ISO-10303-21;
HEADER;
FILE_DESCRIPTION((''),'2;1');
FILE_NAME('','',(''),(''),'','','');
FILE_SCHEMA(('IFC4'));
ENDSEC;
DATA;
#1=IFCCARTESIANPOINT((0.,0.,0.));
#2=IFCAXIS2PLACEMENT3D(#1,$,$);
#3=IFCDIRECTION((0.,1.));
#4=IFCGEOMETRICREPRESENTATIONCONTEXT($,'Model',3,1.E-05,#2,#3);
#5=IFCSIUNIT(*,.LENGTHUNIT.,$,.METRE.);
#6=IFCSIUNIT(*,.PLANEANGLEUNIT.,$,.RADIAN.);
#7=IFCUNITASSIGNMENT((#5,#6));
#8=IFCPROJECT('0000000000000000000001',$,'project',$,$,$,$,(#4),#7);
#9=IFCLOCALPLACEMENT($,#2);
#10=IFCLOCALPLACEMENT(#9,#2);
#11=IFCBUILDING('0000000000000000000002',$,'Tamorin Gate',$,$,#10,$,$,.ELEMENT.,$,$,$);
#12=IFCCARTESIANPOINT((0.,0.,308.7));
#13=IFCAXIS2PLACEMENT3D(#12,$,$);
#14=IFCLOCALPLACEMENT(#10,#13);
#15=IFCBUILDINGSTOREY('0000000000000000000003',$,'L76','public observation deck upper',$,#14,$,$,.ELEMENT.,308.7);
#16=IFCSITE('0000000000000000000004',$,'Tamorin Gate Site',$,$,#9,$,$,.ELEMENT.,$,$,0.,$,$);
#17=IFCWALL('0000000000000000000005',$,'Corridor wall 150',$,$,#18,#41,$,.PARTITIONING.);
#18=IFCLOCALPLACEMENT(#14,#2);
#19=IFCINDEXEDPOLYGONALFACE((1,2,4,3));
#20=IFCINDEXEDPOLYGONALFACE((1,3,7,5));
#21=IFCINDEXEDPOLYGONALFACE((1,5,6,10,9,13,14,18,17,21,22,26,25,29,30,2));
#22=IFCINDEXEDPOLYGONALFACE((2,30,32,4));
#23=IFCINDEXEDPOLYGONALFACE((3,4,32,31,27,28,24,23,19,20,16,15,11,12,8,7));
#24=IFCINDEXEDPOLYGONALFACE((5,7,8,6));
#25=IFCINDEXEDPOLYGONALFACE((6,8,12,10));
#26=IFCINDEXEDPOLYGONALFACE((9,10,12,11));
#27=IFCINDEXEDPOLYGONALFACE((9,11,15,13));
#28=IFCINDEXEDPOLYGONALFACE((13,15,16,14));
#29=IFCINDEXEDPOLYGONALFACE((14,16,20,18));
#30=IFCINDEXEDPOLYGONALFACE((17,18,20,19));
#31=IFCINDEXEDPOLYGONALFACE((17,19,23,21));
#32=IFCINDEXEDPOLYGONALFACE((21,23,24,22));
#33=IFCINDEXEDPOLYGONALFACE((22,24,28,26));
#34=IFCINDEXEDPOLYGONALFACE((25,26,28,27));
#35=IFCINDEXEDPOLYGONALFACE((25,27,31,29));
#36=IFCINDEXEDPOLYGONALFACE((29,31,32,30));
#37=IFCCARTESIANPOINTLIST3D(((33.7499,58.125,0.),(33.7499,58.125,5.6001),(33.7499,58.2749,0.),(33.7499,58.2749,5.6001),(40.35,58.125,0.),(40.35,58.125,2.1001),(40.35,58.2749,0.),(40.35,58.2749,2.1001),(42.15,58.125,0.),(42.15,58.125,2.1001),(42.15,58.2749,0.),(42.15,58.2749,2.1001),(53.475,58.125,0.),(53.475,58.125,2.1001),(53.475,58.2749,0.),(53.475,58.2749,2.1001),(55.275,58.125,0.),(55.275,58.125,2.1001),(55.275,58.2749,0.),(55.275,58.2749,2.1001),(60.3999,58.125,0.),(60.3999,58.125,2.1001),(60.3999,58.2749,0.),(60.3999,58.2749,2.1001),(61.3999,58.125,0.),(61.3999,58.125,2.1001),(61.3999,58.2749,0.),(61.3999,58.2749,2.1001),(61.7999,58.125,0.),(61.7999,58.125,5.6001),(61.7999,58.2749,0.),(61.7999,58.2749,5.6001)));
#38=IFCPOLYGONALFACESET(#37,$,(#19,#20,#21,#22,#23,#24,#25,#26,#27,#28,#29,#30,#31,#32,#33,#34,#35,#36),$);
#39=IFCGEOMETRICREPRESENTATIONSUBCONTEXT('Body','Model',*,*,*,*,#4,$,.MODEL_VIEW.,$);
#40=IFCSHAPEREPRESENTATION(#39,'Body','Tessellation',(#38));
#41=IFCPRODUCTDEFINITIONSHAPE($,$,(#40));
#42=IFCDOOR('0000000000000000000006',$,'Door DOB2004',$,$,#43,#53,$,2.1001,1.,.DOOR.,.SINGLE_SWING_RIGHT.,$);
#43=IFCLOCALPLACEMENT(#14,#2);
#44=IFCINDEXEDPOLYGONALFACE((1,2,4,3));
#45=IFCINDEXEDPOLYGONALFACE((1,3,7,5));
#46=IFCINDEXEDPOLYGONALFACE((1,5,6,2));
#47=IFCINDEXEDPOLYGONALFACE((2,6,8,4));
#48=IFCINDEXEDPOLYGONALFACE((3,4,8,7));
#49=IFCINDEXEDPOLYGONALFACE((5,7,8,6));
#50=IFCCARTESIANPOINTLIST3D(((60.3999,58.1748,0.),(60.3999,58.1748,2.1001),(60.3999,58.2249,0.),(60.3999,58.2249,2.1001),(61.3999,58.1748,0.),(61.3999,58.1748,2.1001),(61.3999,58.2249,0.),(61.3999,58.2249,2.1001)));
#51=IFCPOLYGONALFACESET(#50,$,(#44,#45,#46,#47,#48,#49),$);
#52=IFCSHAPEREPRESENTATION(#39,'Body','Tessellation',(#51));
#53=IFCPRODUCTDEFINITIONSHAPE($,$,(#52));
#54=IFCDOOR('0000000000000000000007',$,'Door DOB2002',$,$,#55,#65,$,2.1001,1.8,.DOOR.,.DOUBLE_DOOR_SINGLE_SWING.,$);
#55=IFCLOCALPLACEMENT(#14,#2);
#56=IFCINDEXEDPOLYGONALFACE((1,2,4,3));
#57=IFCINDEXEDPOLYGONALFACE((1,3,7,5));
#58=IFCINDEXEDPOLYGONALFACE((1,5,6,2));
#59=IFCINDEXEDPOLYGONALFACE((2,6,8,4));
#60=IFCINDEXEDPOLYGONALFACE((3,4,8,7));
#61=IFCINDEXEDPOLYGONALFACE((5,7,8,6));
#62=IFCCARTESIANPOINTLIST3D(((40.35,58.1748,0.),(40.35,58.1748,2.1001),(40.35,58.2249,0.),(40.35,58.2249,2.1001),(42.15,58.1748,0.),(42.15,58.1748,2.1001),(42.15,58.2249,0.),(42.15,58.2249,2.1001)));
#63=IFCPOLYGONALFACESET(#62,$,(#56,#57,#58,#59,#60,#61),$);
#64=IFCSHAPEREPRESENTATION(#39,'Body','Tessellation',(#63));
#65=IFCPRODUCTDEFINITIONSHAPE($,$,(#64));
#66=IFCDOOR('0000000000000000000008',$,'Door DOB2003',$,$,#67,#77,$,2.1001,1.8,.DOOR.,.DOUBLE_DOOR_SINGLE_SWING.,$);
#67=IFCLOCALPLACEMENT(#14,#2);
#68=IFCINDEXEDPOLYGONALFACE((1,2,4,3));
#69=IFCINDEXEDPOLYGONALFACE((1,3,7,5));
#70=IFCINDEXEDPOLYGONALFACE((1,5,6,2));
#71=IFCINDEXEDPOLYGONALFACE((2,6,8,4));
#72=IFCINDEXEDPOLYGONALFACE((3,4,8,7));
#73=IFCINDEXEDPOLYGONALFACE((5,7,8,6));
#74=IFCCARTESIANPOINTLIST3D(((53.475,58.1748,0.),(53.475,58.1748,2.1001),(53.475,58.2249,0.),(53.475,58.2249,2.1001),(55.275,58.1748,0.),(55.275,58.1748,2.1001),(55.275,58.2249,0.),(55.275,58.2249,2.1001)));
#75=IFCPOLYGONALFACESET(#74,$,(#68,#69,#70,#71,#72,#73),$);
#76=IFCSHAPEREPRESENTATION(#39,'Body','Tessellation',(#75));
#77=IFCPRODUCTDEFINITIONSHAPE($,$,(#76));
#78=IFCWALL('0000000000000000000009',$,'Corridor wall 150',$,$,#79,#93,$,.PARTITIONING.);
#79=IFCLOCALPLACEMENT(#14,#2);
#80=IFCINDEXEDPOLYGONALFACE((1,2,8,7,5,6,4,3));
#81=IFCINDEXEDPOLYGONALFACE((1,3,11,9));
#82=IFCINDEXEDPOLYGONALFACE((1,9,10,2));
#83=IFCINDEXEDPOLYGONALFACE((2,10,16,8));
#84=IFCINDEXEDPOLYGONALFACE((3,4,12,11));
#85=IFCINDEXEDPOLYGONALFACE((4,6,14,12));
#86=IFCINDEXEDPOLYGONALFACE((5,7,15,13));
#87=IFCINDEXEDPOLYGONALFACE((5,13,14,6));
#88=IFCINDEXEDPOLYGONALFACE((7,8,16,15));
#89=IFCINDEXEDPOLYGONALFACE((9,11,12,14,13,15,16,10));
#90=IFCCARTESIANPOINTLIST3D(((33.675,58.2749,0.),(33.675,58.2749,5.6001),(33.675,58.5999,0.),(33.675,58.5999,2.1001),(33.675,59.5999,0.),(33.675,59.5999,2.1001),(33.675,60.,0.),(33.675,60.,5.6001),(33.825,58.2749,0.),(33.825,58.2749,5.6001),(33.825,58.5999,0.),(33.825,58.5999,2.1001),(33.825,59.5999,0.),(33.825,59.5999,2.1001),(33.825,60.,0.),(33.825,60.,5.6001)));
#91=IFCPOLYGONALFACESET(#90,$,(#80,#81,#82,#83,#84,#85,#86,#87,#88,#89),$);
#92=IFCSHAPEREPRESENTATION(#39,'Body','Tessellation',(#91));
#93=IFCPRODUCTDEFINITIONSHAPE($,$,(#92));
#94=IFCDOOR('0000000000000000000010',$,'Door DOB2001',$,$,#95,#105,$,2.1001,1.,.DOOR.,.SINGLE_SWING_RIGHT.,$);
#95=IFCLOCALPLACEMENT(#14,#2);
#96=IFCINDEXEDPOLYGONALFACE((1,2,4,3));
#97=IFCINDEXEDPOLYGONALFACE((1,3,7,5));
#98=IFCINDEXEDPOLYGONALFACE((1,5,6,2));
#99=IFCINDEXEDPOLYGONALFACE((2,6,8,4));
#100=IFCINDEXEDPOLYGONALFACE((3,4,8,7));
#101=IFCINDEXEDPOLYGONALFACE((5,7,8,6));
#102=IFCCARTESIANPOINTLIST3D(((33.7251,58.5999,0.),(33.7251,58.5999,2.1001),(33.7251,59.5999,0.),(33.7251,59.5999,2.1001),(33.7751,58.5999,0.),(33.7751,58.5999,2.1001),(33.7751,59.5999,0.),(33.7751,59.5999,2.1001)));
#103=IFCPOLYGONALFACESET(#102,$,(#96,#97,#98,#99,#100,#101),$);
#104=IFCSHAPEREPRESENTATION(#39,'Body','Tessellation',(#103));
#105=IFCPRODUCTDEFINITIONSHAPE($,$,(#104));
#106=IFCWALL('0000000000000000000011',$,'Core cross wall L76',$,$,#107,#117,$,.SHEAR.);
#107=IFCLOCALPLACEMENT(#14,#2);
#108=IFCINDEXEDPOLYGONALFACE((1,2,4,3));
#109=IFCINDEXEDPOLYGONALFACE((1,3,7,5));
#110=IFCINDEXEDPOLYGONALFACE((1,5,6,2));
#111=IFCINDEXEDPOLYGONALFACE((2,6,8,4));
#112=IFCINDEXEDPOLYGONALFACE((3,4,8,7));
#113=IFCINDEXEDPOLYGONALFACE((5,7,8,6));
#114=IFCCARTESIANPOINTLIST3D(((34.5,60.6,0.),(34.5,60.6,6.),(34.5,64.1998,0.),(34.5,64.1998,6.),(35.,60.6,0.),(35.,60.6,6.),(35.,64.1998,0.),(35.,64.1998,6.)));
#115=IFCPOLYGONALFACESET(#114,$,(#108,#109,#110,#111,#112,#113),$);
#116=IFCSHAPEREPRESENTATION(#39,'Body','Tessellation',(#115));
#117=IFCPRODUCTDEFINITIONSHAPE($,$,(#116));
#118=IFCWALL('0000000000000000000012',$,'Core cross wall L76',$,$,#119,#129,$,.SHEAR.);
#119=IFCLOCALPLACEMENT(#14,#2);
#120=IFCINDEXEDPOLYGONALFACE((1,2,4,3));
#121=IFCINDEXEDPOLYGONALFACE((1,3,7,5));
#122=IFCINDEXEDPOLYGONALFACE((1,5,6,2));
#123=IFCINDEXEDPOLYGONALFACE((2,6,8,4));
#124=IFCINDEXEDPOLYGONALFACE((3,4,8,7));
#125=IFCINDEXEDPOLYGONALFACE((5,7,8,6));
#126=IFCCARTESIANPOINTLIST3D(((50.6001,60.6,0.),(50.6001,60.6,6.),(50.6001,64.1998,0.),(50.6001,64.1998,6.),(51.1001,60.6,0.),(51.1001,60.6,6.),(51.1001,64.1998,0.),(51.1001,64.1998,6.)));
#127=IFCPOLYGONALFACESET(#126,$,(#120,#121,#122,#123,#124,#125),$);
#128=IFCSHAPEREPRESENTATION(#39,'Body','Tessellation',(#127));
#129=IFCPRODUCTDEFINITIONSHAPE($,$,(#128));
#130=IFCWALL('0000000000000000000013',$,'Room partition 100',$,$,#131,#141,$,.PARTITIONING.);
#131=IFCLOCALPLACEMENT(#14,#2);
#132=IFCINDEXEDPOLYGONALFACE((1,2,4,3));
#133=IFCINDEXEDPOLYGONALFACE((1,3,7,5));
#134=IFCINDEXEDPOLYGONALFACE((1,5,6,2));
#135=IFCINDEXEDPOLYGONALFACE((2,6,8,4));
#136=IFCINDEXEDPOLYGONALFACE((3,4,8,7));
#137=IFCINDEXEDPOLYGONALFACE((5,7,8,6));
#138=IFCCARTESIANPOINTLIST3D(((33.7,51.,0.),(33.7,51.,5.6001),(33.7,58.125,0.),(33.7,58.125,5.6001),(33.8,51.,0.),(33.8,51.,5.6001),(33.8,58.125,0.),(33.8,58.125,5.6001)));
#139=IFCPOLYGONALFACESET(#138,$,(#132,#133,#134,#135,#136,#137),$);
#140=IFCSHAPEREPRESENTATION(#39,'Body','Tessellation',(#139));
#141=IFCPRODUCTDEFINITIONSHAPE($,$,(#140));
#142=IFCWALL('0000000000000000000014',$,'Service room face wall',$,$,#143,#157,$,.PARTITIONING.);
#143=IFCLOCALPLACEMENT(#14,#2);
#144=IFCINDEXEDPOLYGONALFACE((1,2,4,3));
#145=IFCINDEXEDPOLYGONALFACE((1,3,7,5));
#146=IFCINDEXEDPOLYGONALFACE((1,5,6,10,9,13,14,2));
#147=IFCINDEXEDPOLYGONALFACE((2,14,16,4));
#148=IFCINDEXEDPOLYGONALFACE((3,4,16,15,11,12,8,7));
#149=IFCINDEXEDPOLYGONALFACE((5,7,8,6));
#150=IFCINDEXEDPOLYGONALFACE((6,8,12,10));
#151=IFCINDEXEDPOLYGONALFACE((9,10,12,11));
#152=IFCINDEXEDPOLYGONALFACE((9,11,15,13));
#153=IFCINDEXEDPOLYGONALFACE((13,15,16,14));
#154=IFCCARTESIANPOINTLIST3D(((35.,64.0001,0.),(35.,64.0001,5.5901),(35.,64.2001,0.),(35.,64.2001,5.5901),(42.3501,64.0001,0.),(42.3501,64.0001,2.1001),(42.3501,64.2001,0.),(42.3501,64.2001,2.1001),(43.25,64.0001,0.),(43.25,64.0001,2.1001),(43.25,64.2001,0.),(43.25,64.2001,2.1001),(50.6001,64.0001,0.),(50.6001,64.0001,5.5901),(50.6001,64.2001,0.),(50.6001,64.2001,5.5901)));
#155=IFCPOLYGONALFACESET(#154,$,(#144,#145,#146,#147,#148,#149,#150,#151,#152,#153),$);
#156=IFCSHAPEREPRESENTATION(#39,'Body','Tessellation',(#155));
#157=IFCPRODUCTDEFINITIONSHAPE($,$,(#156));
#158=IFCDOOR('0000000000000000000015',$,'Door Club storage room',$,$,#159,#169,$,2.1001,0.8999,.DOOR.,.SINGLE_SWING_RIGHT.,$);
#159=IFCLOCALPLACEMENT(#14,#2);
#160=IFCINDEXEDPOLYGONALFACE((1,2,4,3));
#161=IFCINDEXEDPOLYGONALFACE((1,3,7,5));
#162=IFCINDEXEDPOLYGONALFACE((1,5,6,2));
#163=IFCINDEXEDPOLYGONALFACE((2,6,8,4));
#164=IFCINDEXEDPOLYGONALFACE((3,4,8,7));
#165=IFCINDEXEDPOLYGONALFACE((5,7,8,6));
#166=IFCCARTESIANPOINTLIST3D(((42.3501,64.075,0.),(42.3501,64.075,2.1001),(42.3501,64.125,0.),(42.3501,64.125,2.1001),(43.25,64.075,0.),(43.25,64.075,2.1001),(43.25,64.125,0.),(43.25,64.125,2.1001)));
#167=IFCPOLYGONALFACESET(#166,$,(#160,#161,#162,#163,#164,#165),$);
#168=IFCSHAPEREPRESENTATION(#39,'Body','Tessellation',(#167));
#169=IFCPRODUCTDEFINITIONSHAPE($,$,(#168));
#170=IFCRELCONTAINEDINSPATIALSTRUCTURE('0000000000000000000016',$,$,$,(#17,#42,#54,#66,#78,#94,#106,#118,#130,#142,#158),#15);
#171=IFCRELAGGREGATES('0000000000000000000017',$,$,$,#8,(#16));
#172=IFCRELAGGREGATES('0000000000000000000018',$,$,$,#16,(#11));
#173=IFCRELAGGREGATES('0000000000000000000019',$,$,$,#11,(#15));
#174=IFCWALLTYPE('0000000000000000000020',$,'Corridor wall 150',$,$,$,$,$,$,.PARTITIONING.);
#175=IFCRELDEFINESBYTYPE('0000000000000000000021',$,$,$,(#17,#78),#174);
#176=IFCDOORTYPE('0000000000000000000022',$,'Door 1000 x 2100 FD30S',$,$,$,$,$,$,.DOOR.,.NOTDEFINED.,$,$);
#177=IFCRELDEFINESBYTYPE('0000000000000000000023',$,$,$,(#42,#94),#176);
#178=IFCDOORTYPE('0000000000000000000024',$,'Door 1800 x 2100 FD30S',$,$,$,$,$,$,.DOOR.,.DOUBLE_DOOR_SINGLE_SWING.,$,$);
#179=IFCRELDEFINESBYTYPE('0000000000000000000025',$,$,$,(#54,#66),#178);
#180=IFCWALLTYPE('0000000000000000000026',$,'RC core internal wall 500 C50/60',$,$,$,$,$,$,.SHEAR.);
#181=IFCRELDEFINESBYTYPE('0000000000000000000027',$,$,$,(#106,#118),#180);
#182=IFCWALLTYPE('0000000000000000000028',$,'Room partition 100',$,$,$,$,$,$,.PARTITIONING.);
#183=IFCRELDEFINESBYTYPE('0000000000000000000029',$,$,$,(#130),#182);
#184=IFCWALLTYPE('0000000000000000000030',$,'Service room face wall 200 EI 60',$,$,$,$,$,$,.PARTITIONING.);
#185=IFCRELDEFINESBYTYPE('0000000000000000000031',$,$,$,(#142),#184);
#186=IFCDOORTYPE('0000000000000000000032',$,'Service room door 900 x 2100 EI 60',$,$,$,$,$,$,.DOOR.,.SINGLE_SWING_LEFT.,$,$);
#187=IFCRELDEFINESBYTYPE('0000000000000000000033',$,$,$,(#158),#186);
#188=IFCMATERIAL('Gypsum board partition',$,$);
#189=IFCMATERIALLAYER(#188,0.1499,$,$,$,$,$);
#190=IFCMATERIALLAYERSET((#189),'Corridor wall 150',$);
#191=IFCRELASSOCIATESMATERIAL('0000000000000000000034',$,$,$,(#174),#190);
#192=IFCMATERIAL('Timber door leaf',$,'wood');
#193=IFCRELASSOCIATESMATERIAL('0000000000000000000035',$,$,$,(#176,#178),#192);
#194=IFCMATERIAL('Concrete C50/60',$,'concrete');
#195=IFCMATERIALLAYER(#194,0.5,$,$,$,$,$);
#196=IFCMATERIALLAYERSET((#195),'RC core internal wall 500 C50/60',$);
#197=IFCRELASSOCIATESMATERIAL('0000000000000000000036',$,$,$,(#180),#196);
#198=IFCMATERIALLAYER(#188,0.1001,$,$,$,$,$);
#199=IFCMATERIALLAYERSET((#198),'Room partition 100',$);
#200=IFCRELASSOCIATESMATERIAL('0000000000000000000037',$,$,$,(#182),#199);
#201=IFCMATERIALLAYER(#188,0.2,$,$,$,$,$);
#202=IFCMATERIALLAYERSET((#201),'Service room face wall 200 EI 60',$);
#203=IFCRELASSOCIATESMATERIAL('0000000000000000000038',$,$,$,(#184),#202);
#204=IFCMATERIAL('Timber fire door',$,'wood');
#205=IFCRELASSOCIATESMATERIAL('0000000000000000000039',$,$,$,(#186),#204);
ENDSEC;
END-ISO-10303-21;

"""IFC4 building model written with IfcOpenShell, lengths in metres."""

from ifc_helpers import new_model, si_unit, direction, frame, frame_2d, origin, place, context, subcontext, project, spatial, rectangle, extrude, material, layer, layer_set, type_object, element, fill, save


model = new_model("IFC4")

# Units and contexts
model_context = context("Model", 3, precision=1e-05, world=origin(), true_north=direction((0.0, 1.0)))
body_context = subcontext(model_context, "Body", "Model", "MODEL_VIEW")
ifc_project = project(units=[si_unit("LENGTHUNIT", "METRE"), si_unit("PLANEANGLEUNIT", "RADIAN")], contexts=[model_context])

# Site, building, storey
site_placement = place(None, origin())
site = spatial("IfcSite", under=ifc_project, at=site_placement, Name="Tamorin Gate Site", CompositionType="ELEMENT", RefElevation=0.0)
building_placement = place(site_placement, origin())
building = spatial("IfcBuilding", under=site, at=building_placement, Name="Tamorin Gate", CompositionType="ELEMENT")
storey_placement = place(building_placement, frame((0.0, 0.0, 308.7)))
storey = spatial("IfcBuildingStorey", under=building, at=storey_placement, Name="L76", Description="public observation deck upper", CompositionType="ELEMENT", Elevation=308.7)

# Shared definitions
ifc_material_1 = material(Name="Concrete C50/60", Category="concrete")

# Wall, openings, doors
ifc_material_2 = material(Name="Gypsum board partition")
ifc_layer_1 = layer(ifc_material_2, 0.1499)
ifc_layer_set_1 = layer_set([ifc_layer_1], Name="Corridor wall 150")
wall_type_1 = type_object("IfcWallType", Name="Corridor wall 150", PredefinedType="PARTITIONING", material=ifc_layer_set_1)
wall_1_placement = place(storey_placement, frame((33.75, 58.2, 0.0), z_axis=(0.0, 0.0, 1.0), x_axis=(1.0, 0.0, 0.0)))
wall_1 = element("IfcWall", 1, at=wall_1_placement, inside=storey, type_object=wall_type_1, Name="Corridor wall 150", PredefinedType="PARTITIONING", context=body_context, shape_type="SweptSolid", body=[
    extrude(rectangle(XDim=28.05, YDim=0.1499, at=frame_2d((14.0249, 0.0))), origin(), (0.0, 0.0, 1.0), 5.6001),
])
opening_1_placement = place(wall_1_placement, frame((6.6001, 0.0, 0.0)))
opening_1 = element("IfcOpeningElement", 2, at=opening_1_placement, cuts=wall_1, PredefinedType="OPENING", context=body_context, shape_type="SweptSolid", body=[
    extrude(rectangle(XDim=1.8, YDim=2.1001, at=frame_2d((0.8999, 1.05))), frame((0.0, 0.085, 0.0), z_axis=(0.0, -1.0, 0.0), x_axis=(1.0, 0.0, 0.0)), (0.0, 0.0, 1.0), 0.1699),
])
opening_2_placement = place(wall_1_placement, frame((19.7251, 0.0, 0.0)))
opening_2 = element("IfcOpeningElement", 3, at=opening_2_placement, cuts=wall_1, PredefinedType="OPENING", context=body_context, shape_type="SweptSolid", body=[
    extrude(rectangle(XDim=1.8, YDim=2.1001, at=frame_2d((0.8999, 1.05))), frame((0.0, 0.085, 0.0), z_axis=(0.0, -1.0, 0.0), x_axis=(1.0, 0.0, 0.0)), (0.0, 0.0, 1.0), 0.1699),
])
opening_3_placement = place(wall_1_placement, frame((26.6499, 0.0, 0.0)))
opening_3 = element("IfcOpeningElement", 4, at=opening_3_placement, cuts=wall_1, PredefinedType="OPENING", context=body_context, shape_type="SweptSolid", body=[
    extrude(rectangle(XDim=1.0, YDim=2.1001, at=frame_2d((0.5, 1.05))), frame((0.0, 0.085, 0.0), z_axis=(0.0, -1.0, 0.0), x_axis=(1.0, 0.0, 0.0)), (0.0, 0.0, 1.0), 0.1699),
])
ifc_material_3 = material(Name="Timber door leaf", Category="wood")
door_type_1 = type_object("IfcDoorType", Name="Door 1000 x 2100 FD30S", OperationType="NOTDEFINED", PredefinedType="DOOR", material=ifc_material_3)
door_1_placement = place(opening_3_placement, origin())
door_1 = element("IfcDoor", 5, at=door_1_placement, inside=storey, type_object=door_type_1, Name="Door DOB2004", OperationType="SINGLE_SWING_RIGHT", OverallHeight=2.1001, OverallWidth=1.0, PredefinedType="DOOR", context=body_context, shape_type="SweptSolid", body=[
    extrude(rectangle(XDim=1.0, YDim=2.1001, at=frame_2d((0.5, 1.05))), frame((0.0, 0.0249, 0.0), z_axis=(0.0, -1.0, 0.0), x_axis=(1.0, 0.0, 0.0)), (0.0, 0.0, 1.0), 0.05),
])
fill(opening_3, door_1)
door_type_2 = type_object("IfcDoorType", Name="Door 1800 x 2100 FD30S", OperationType="DOUBLE_DOOR_SINGLE_SWING", PredefinedType="DOOR", material=ifc_material_3)
door_2_placement = place(opening_1_placement, origin())
door_2 = element("IfcDoor", 6, at=door_2_placement, inside=storey, type_object=door_type_2, Name="Door DOB2002", OperationType="DOUBLE_DOOR_SINGLE_SWING", OverallHeight=2.1001, OverallWidth=1.8, PredefinedType="DOOR", context=body_context, shape_type="SweptSolid", body=[
    extrude(rectangle(XDim=1.8, YDim=2.1001, at=frame_2d((0.8999, 1.05))), frame((0.0, 0.0249, 0.0), z_axis=(0.0, -1.0, 0.0), x_axis=(1.0, 0.0, 0.0)), (0.0, 0.0, 1.0), 0.05),
])
fill(opening_1, door_2)
door_3_placement = place(opening_2_placement, origin())
door_3 = element("IfcDoor", 7, at=door_3_placement, inside=storey, type_object=door_type_2, Name="Door DOB2003", OperationType="DOUBLE_DOOR_SINGLE_SWING", OverallHeight=2.1001, OverallWidth=1.8, PredefinedType="DOOR", context=body_context, shape_type="SweptSolid", body=[
    extrude(rectangle(XDim=1.8, YDim=2.1001, at=frame_2d((0.8999, 1.05))), frame((0.0, 0.0249, 0.0), z_axis=(0.0, -1.0, 0.0), x_axis=(1.0, 0.0, 0.0)), (0.0, 0.0, 1.0), 0.05),
])
fill(opening_2, door_3)

# Wall, opening, door
wall_2_placement = place(storey_placement, frame((33.75, 58.2749, 0.0), z_axis=(0.0, 0.0, 1.0), x_axis=(0.0, 1.0, 0.0)))
wall_2 = element("IfcWall", 8, at=wall_2_placement, inside=storey, type_object=wall_type_1, Name="Corridor wall 150", PredefinedType="PARTITIONING", context=body_context, shape_type="SweptSolid", body=[
    extrude(rectangle(XDim=1.7251, YDim=0.1499, at=frame_2d((0.8625, 0.0))), origin(), (0.0, 0.0, 1.0), 5.6001),
])
opening_4_placement = place(wall_2_placement, frame((0.325, 0.0, 0.0)))
opening_4 = element("IfcOpeningElement", 9, at=opening_4_placement, cuts=wall_2, PredefinedType="OPENING", context=body_context, shape_type="SweptSolid", body=[
    extrude(rectangle(XDim=1.0, YDim=2.1001, at=frame_2d((0.5, 1.05))), frame((0.0, 0.085, 0.0), z_axis=(0.0, -1.0, 0.0), x_axis=(1.0, 0.0, 0.0)), (0.0, 0.0, 1.0), 0.1699),
])
door_4_placement = place(opening_4_placement, origin())
door_4 = element("IfcDoor", 10, at=door_4_placement, inside=storey, type_object=door_type_1, Name="Door DOB2001", OperationType="SINGLE_SWING_RIGHT", OverallHeight=2.1001, OverallWidth=1.0, PredefinedType="DOOR", context=body_context, shape_type="SweptSolid", body=[
    extrude(rectangle(XDim=1.0, YDim=2.1001, at=frame_2d((0.5, 1.05))), frame((0.0, 0.0249, 0.0), z_axis=(0.0, -1.0, 0.0), x_axis=(1.0, 0.0, 0.0)), (0.0, 0.0, 1.0), 0.05),
])
fill(opening_4, door_4)

# Walls
ifc_layer_2 = layer(ifc_material_1, 0.5)
ifc_layer_set_2 = layer_set([ifc_layer_2], Name="RC core internal wall 500 C50/60")
wall_type_2 = type_object("IfcWallType", Name="RC core internal wall 500 C50/60", PredefinedType="SHEAR", material=ifc_layer_set_2)
for number, where, z_axis, x_axis, name in (
    (11, (34.75, 60.6001, 0.0), (0.0, 0.0, 1.0), (0.0, 1.0, 0.0), "Core cross wall L76"),
    (12, (50.8501, 60.6001, 0.0), (0.0, 0.0, 1.0), (0.0, 1.0, 0.0), "Core cross wall L76"),
):
    element("IfcWall", number, at=place(storey_placement, frame(where, z_axis=z_axis, x_axis=x_axis)), inside=storey, type_object=wall_type_2, Name=name, PredefinedType="SHEAR", context=body_context, shape_type="SweptSolid", body=[
        extrude(rectangle(XDim=3.5999, YDim=0.5, at=frame_2d((1.7998, 0.0))), origin(), (0.0, 0.0, 1.0), 6.0),
    ])
ifc_layer_3 = layer(ifc_material_2, 0.1001)
ifc_layer_set_3 = layer_set([ifc_layer_3], Name="Room partition 100")
wall_type_3 = type_object("IfcWallType", Name="Room partition 100", PredefinedType="PARTITIONING", material=ifc_layer_set_3)
wall_3_placement = place(storey_placement, frame((33.75, 51.0, 0.0), z_axis=(0.0, 0.0, 1.0), x_axis=(0.0, 1.0, 0.0)))
element("IfcWall", 13, at=wall_3_placement, inside=storey, type_object=wall_type_3, Name="Room partition 100", PredefinedType="PARTITIONING", context=body_context, shape_type="SweptSolid", body=[
    extrude(rectangle(XDim=7.125, YDim=0.1001, at=frame_2d((3.5625, 0.0))), origin(), (0.0, 0.0, 1.0), 5.6001),
])

# Wall, opening, door
ifc_layer_4 = layer(ifc_material_2, 0.2)
ifc_layer_set_4 = layer_set([ifc_layer_4], Name="Service room face wall 200 EI 60")
wall_type_4 = type_object("IfcWallType", Name="Service room face wall 200 EI 60", PredefinedType="PARTITIONING", material=ifc_layer_set_4)
wall_4_placement = place(storey_placement, frame((35.0, 64.1001, 0.0), z_axis=(0.0, 0.0, 1.0), x_axis=(1.0, 0.0, 0.0)))
wall_4 = element("IfcWall", 14, at=wall_4_placement, inside=storey, type_object=wall_type_4, Name="Service room face wall", PredefinedType="PARTITIONING", context=body_context, shape_type="SweptSolid", body=[
    extrude(rectangle(XDim=15.6001, YDim=0.2, at=frame_2d((7.8, 0.0))), origin(), (0.0, 0.0, 1.0), 5.5901),
])
opening_5_placement = place(wall_4_placement, frame((7.3501, 0.0, 0.0)))
opening_5 = element("IfcOpeningElement", 15, at=opening_5_placement, cuts=wall_4, PredefinedType="OPENING", context=body_context, shape_type="SweptSolid", body=[
    extrude(rectangle(XDim=0.8999, YDim=2.1001, at=frame_2d((0.45, 1.05))), frame((0.0, 0.1099, 0.0), z_axis=(0.0, -1.0, 0.0), x_axis=(1.0, 0.0, 0.0)), (0.0, 0.0, 1.0), 0.22),
])
ifc_material_4 = material(Name="Timber fire door", Category="wood")
door_type_3 = type_object("IfcDoorType", Name="Service room door 900 x 2100 EI 60", OperationType="SINGLE_SWING_LEFT", PredefinedType="DOOR", material=ifc_material_4)
door_5_placement = place(opening_5_placement, origin())
door_5 = element("IfcDoor", 16, at=door_5_placement, inside=storey, type_object=door_type_3, Name="Door Club storage room", OperationType="SINGLE_SWING_RIGHT", OverallHeight=2.1001, OverallWidth=0.8999, PredefinedType="DOOR", context=body_context, shape_type="SweptSolid", body=[
    extrude(rectangle(XDim=0.8999, YDim=2.1001, at=frame_2d((0.45, 1.05))), frame((0.0, 0.0249, 0.0), z_axis=(0.0, -1.0, 0.0), x_axis=(1.0, 0.0, 0.0)), (0.0, 0.0, 1.0), 0.05),
])
fill(opening_5, door_5)

save(model, "model.ifc")
